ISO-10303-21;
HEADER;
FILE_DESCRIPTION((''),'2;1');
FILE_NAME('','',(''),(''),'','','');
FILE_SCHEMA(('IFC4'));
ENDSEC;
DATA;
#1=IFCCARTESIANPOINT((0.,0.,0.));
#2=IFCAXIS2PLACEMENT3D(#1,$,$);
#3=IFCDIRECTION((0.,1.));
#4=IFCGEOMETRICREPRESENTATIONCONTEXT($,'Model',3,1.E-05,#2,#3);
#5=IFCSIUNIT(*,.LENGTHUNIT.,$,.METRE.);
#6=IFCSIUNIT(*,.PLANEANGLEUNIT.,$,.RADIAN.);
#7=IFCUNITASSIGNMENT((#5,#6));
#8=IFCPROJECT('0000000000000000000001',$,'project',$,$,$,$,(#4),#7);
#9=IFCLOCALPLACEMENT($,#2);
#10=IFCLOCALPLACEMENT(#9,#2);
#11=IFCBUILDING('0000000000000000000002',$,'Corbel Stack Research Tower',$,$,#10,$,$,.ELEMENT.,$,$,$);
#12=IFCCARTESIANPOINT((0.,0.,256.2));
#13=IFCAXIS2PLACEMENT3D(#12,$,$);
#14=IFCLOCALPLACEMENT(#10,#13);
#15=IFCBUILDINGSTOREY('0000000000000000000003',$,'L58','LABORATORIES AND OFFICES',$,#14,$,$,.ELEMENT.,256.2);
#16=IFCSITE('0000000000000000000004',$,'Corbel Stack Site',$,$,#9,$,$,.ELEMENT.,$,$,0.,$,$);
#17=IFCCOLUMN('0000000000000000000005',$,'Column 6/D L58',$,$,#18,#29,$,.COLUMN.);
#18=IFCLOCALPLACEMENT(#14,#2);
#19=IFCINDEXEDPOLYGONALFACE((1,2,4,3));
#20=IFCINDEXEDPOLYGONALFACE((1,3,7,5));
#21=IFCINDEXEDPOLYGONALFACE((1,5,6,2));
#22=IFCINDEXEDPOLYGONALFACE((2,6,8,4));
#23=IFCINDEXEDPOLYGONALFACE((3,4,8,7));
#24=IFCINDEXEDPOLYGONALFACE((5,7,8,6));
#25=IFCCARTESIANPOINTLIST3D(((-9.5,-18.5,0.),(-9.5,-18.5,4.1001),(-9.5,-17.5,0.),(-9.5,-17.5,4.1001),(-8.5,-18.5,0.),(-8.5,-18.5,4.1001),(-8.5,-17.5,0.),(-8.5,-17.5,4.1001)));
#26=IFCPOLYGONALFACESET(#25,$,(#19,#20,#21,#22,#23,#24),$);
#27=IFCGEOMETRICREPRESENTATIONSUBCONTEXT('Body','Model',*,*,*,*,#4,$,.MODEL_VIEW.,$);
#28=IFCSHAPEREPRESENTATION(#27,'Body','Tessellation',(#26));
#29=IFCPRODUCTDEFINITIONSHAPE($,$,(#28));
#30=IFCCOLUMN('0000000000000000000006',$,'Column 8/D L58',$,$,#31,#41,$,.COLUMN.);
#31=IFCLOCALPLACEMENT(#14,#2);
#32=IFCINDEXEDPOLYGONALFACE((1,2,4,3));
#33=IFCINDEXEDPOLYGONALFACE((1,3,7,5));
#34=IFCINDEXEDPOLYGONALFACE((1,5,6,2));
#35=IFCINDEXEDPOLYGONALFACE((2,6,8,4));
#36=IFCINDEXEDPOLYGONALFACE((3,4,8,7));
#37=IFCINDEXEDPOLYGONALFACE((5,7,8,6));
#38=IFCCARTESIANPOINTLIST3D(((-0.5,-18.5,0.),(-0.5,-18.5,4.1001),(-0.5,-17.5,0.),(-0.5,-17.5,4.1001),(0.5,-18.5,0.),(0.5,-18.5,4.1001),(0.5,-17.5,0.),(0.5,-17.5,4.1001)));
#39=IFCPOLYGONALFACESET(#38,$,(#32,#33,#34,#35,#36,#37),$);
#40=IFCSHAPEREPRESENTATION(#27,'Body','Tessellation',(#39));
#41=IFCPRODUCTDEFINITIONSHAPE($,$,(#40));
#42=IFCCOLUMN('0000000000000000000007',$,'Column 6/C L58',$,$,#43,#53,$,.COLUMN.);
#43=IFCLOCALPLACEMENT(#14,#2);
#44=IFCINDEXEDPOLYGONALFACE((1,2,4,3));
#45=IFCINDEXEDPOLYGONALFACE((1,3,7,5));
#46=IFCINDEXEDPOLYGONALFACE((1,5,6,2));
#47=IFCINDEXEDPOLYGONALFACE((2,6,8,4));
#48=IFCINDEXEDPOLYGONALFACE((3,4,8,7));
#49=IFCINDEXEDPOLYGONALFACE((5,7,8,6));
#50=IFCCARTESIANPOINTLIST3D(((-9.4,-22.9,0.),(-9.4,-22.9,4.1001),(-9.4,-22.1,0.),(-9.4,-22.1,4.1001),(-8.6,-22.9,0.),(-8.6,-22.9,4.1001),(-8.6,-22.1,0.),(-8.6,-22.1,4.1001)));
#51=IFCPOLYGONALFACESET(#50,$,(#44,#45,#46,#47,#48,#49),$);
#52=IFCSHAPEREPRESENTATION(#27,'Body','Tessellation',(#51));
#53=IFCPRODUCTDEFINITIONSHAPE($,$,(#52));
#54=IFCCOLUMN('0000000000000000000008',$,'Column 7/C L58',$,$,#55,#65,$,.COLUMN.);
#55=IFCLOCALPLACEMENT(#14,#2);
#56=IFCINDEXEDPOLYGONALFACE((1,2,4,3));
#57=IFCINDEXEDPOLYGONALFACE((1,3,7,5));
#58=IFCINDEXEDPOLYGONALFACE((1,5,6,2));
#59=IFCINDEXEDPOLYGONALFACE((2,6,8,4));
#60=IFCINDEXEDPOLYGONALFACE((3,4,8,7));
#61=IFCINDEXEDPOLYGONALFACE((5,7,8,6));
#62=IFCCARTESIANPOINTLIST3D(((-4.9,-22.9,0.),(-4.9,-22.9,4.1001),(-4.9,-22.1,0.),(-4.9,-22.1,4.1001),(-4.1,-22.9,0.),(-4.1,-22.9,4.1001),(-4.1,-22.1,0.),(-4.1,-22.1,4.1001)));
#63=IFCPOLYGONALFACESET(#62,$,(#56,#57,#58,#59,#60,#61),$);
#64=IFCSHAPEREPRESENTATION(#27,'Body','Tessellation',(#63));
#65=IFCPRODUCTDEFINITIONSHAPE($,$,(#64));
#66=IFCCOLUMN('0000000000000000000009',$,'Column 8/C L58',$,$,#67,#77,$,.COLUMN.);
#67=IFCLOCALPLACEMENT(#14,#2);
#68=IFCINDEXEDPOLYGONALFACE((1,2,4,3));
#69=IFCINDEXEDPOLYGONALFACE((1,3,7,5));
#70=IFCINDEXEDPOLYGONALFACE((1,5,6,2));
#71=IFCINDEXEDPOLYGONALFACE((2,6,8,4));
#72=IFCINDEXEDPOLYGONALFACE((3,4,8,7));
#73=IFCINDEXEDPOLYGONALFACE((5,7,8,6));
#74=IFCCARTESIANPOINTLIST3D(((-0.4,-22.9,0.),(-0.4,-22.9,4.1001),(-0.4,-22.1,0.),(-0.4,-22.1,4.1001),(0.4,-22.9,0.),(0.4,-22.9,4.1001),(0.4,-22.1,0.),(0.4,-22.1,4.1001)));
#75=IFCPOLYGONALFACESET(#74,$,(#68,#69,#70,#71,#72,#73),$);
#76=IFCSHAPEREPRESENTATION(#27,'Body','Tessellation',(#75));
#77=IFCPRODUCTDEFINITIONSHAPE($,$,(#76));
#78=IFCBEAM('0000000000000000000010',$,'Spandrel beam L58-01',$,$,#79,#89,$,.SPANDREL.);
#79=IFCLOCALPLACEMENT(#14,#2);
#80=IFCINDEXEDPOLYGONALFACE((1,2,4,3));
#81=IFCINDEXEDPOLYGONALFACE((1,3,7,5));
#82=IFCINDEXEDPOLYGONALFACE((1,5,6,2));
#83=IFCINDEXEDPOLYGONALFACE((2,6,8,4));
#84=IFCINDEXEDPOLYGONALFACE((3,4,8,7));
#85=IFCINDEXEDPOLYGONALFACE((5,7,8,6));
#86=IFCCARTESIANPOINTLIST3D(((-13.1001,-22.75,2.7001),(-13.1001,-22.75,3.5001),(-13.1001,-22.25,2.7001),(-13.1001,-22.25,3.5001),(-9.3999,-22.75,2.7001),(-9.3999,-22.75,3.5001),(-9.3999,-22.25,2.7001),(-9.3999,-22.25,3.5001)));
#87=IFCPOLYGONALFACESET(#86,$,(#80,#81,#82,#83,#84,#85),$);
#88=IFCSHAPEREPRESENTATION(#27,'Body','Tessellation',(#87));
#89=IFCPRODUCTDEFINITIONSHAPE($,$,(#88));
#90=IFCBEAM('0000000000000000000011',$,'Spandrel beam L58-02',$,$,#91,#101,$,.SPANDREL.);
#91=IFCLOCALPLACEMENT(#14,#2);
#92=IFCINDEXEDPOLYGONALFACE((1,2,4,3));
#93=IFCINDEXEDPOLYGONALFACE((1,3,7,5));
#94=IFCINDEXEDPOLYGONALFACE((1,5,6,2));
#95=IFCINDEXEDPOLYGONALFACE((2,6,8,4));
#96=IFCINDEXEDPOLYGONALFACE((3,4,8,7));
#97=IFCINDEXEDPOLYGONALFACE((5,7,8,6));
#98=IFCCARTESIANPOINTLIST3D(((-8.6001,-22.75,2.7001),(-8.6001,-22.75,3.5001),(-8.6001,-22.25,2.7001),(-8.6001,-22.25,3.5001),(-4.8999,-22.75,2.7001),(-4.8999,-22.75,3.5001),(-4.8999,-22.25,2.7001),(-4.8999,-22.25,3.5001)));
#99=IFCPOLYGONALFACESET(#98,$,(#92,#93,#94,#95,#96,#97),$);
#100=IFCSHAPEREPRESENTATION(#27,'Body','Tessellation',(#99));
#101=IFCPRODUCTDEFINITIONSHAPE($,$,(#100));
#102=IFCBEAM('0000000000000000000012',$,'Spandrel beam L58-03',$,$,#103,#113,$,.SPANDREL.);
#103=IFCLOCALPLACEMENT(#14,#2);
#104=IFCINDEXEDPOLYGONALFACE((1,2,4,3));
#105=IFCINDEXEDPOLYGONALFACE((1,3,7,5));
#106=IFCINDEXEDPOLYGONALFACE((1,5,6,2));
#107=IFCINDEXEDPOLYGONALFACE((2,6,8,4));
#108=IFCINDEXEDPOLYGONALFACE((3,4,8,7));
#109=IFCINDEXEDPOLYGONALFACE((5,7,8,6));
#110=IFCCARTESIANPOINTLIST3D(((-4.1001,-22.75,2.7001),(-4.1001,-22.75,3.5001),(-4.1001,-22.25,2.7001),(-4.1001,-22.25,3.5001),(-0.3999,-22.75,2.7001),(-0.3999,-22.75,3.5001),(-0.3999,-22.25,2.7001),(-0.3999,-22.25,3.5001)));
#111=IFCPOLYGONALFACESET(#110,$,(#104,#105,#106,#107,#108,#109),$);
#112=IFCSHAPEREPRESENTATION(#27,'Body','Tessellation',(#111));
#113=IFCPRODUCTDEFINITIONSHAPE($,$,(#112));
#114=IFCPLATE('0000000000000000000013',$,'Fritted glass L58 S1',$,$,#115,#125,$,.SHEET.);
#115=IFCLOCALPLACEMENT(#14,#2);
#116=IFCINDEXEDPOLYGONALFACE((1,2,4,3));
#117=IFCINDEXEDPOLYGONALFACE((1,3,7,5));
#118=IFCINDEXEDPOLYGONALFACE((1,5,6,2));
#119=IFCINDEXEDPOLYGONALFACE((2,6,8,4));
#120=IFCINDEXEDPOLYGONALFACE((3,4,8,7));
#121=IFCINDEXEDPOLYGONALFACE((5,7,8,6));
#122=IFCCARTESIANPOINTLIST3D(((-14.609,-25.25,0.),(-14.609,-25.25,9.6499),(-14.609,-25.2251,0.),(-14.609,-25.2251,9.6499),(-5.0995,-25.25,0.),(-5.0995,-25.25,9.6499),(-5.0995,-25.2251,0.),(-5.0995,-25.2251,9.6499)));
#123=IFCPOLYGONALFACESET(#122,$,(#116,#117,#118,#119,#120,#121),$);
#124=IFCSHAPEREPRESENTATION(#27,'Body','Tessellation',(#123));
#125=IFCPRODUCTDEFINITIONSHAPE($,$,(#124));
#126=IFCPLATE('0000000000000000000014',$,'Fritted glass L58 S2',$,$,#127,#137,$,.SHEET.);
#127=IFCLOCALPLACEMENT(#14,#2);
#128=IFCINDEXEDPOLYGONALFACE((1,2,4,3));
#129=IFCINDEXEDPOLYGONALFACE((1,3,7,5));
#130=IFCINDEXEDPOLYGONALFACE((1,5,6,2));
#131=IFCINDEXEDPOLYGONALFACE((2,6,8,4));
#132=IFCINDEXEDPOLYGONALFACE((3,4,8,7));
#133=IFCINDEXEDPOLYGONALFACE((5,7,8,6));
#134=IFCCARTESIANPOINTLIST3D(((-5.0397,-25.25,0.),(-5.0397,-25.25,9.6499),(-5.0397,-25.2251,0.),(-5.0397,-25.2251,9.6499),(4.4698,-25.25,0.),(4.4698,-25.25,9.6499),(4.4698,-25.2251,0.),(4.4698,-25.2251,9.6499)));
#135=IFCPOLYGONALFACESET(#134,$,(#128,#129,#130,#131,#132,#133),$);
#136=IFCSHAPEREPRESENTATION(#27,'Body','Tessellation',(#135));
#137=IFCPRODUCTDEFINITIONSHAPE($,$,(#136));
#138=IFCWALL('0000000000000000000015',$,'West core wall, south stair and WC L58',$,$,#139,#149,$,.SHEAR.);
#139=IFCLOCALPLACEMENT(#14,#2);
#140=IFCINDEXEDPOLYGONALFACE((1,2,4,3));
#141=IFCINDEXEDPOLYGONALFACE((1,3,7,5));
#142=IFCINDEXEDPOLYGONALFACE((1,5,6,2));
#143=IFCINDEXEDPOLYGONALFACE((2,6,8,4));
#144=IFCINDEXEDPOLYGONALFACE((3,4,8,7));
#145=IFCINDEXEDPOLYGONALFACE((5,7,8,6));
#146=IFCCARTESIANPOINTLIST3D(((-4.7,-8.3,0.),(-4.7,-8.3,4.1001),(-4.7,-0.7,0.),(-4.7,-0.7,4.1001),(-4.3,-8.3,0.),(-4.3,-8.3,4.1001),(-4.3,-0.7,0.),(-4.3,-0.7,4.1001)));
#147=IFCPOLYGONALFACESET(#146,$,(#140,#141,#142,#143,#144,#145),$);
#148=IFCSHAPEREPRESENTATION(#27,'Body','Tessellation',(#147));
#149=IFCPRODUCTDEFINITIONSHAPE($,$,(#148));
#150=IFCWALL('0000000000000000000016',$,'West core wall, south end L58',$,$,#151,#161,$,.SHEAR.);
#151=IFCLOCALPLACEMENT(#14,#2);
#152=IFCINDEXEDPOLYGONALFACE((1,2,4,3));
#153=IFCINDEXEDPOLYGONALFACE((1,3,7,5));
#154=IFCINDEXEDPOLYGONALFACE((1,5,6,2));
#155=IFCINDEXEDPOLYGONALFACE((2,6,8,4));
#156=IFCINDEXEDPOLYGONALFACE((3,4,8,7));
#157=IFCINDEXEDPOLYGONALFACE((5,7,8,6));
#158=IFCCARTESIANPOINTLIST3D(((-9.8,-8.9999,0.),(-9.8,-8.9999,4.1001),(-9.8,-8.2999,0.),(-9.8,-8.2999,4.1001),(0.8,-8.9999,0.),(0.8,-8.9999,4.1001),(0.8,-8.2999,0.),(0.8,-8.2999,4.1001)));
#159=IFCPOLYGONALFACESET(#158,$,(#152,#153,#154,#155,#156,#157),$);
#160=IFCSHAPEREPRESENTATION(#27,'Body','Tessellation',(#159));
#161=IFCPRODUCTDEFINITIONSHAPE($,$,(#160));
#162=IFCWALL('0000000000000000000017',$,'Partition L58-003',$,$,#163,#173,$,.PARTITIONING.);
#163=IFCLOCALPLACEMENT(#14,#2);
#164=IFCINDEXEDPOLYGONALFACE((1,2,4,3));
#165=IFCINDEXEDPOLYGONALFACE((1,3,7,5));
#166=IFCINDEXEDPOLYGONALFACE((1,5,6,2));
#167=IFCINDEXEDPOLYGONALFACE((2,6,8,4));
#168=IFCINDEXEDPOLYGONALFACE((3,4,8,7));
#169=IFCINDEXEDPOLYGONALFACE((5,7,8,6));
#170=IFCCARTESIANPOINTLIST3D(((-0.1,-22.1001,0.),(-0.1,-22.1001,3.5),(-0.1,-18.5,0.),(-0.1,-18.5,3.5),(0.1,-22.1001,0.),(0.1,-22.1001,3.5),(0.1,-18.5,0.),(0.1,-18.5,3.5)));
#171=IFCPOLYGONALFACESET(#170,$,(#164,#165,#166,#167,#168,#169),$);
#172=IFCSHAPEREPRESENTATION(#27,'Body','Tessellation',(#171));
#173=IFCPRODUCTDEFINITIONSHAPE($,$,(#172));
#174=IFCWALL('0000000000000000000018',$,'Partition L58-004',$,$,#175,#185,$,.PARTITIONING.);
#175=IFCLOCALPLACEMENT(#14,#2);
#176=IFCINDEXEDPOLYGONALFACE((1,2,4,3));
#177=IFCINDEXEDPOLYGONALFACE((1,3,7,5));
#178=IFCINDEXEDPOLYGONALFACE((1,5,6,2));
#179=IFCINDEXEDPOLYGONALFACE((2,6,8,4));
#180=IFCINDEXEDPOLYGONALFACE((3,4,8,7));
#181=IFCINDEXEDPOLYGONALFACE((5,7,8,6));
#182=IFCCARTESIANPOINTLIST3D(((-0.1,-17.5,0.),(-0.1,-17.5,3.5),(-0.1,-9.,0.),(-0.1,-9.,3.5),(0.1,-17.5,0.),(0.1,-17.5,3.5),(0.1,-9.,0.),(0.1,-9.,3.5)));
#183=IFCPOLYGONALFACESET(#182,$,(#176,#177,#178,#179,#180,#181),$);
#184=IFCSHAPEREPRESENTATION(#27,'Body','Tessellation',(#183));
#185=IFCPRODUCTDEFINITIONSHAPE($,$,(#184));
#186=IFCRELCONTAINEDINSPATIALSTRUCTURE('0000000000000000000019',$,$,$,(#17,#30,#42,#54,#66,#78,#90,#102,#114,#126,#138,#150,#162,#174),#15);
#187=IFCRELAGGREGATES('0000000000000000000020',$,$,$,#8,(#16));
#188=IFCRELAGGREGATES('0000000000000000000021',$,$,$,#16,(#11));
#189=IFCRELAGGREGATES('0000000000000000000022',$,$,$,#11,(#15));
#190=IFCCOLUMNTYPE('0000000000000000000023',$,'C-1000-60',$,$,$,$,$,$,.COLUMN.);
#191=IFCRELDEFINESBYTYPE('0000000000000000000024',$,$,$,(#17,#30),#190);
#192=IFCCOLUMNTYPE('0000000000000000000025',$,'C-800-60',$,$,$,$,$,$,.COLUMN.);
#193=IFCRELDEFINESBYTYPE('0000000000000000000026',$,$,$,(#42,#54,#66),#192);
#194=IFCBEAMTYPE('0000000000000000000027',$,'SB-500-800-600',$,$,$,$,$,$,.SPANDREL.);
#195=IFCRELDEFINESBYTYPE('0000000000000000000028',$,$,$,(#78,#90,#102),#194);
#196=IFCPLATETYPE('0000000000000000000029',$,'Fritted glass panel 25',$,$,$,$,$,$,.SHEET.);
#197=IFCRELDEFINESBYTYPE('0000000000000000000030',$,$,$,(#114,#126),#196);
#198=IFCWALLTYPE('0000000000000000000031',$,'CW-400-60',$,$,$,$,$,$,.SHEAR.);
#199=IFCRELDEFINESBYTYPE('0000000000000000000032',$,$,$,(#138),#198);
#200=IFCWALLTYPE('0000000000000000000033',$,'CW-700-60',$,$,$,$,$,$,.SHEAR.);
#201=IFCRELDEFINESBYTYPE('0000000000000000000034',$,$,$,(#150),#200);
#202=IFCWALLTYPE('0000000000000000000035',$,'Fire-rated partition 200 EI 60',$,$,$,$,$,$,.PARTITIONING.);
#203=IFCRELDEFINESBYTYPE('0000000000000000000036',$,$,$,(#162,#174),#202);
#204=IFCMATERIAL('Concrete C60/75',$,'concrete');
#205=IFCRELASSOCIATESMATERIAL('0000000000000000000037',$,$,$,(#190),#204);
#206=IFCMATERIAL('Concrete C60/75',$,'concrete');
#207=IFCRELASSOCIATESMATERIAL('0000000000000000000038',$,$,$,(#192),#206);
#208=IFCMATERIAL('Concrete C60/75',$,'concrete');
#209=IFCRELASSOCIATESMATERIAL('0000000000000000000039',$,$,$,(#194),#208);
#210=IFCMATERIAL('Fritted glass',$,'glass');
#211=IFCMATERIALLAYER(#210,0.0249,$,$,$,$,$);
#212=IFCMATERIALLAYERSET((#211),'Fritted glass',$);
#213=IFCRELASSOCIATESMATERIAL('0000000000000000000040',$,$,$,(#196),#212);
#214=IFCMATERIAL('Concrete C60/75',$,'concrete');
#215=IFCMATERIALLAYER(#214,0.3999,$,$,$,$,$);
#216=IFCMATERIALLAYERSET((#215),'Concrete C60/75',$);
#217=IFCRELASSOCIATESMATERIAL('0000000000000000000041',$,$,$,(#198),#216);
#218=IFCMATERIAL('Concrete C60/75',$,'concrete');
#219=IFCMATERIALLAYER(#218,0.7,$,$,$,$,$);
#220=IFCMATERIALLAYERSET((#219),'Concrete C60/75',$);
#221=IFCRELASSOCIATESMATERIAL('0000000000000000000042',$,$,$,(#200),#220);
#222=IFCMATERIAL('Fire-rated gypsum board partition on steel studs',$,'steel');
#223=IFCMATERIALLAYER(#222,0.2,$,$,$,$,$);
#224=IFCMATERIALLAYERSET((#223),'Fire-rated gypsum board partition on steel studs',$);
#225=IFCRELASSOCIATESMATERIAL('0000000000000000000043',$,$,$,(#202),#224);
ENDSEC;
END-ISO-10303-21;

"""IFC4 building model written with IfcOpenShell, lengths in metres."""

from ifc_helpers import new_model, si_unit, direction, frame, frame_2d, origin, origin_2d, place, context, subcontext, project, spatial, rectangle, extrude, material, layer, layer_set, material_profile, profile_set, type_object, element, save


model = new_model("IFC4")

# Units and contexts
model_context = context("Model", 3, precision=1e-05, world=origin(), true_north=direction((0.0, 1.0)))
body_context = subcontext(model_context, "Body", "Model", "MODEL_VIEW")
ifc_project = project(units=[si_unit("LENGTHUNIT", "METRE"), si_unit("PLANEANGLEUNIT", "RADIAN")], contexts=[model_context])

# Site, building, storey
site_placement = place(None, origin())
site = spatial("IfcSite", under=ifc_project, at=site_placement, Name="Corbel Stack Site", CompositionType="ELEMENT", RefElevation=0.0)
building_placement = place(site_placement, origin())
building = spatial("IfcBuilding", under=site, at=building_placement, Name="Corbel Stack Research Tower", CompositionType="ELEMENT")
storey_placement = place(building_placement, frame((0.0, 0.0, 256.2)))
storey = spatial("IfcBuildingStorey", under=building, at=storey_placement, Name="L58", Description="LABORATORIES AND OFFICES", CompositionType="ELEMENT", Elevation=256.2)

# Columns
ifc_material_1 = material(Name="Concrete C60/75", Category="concrete")
ifc_material_profile_1 = material_profile(ifc_material_1, rectangle(XDim=1.0, YDim=1.0, at=origin_2d()), Name="RC 1000 x 1000")
ifc_profile_set_1 = profile_set([ifc_material_profile_1], Name="Concrete C60/75")
column_type_1 = type_object("IfcColumnType", Name="C-1000-60", PredefinedType="COLUMN", material=ifc_profile_set_1)
for number, where, z_axis, x_axis, name in (
    (1, (-9.0, -18.0, 0.0), (0.0, 0.0, 1.0), (1.0, 0.0, 0.0), "Column 6/D L58"),
    (2, (0.0, -18.0, 0.0), (0.0, 0.0, 1.0), (1.0, 0.0, 0.0), "Column 8/D L58"),
):
    element("IfcColumn", number, at=place(storey_placement, frame(where, z_axis=z_axis, x_axis=x_axis)), inside=storey, type_object=column_type_1, Name=name, PredefinedType="COLUMN", context=body_context, shape_type="SweptSolid", body=[
        extrude(rectangle(XDim=1.0, YDim=1.0, at=origin_2d()), origin(), (0.0, 0.0, 1.0), 4.1001),
    ])
ifc_material_2 = material(Name="Concrete C60/75", Category="concrete")
ifc_material_profile_2 = material_profile(ifc_material_2, rectangle(XDim=0.8, YDim=0.8, at=origin_2d()), Name="RC 800 x 800")
ifc_profile_set_2 = profile_set([ifc_material_profile_2], Name="Concrete C60/75")
column_type_2 = type_object("IfcColumnType", Name="C-800-60", PredefinedType="COLUMN", material=ifc_profile_set_2)
for number, where, z_axis, x_axis, name in (
    (3, (-9.0, -22.5, 0.0), (0.0, 0.0, 1.0), (1.0, 0.0, 0.0), "Column 6/C L58"),
    (4, (-4.5, -22.5, 0.0), (0.0, 0.0, 1.0), (1.0, 0.0, 0.0), "Column 7/C L58"),
    (5, (0.0, -22.5, 0.0), (0.0, 0.0, 1.0), (1.0, 0.0, 0.0), "Column 8/C L58"),
):
    element("IfcColumn", number, at=place(storey_placement, frame(where, z_axis=z_axis, x_axis=x_axis)), inside=storey, type_object=column_type_2, Name=name, PredefinedType="COLUMN", context=body_context, shape_type="SweptSolid", body=[
        extrude(rectangle(XDim=0.8, YDim=0.8, at=origin_2d()), origin(), (0.0, 0.0, 1.0), 4.1001),
    ])

# Beams
ifc_material_3 = material(Name="Concrete C60/75", Category="concrete")
ifc_material_profile_3 = material_profile(ifc_material_3, rectangle(XDim=0.5, YDim=0.8, at=origin_2d()), Name="RC 500 x 800")
ifc_profile_set_3 = profile_set([ifc_material_profile_3], Name="Concrete C60/75")
beam_type = type_object("IfcBeamType", Name="SB-500-800-600", PredefinedType="SPANDREL", material=ifc_profile_set_3)
for number, where, z_axis, x_axis, name in (
    (6, (-13.1001, -22.5, 3.1001), (1.0, 0.0, 0.0), (0.0, 1.0, 0.0), "Spandrel beam L58-01"),
    (7, (-8.6001, -22.5, 3.1001), (1.0, 0.0, 0.0), (0.0, 1.0, 0.0), "Spandrel beam L58-02"),
    (8, (-4.1001, -22.5, 3.1001), (1.0, 0.0, 0.0), (0.0, 1.0, 0.0), "Spandrel beam L58-03"),
):
    element("IfcBeam", number, at=place(storey_placement, frame(where, z_axis=z_axis, x_axis=x_axis)), inside=storey, type_object=beam_type, Name=name, PredefinedType="SPANDREL", context=body_context, shape_type="SweptSolid", body=[
        extrude(rectangle(XDim=0.5, YDim=0.8, at=origin_2d()), origin(), (0.0, 0.0, 1.0), 3.7002),
    ])

# Plates
ifc_material_4 = material(Name="Fritted glass", Category="glass")
ifc_layer_1 = layer(ifc_material_4, 0.0249)
ifc_layer_set_1 = layer_set([ifc_layer_1], Name="Fritted glass")
plate_type = type_object("IfcPlateType", Name="Fritted glass panel 25", PredefinedType="SHEET", material=ifc_layer_set_1)
for number, where, z_axis, x_axis, name in (
    (9, (-9.8542, -25.2375, 0.0), (0.0, 0.0, 1.0), (1.0, 0.0, 0.0), "Fritted glass L58 S1"),
    (10, (-0.2849, -25.2375, 0.0), (0.0, 0.0, 1.0), (1.0, 0.0, 0.0), "Fritted glass L58 S2"),
):
    element("IfcPlate", number, at=place(storey_placement, frame(where, z_axis=z_axis, x_axis=x_axis)), inside=storey, type_object=plate_type, Name=name, PredefinedType="SHEET", context=body_context, shape_type="SweptSolid", body=[
        extrude(rectangle(XDim=9.5095, YDim=0.0249, at=origin_2d()), origin(), (0.0, 0.0, 1.0), 9.6499),
    ])

# Wall
ifc_material_5 = material(Name="Concrete C60/75", Category="concrete")
ifc_layer_2 = layer(ifc_material_5, 0.3999)
ifc_layer_set_2 = layer_set([ifc_layer_2], Name="Concrete C60/75")
wall_type_1 = type_object("IfcWallType", Name="CW-400-60", PredefinedType="SHEAR", material=ifc_layer_set_2)
wall_1_placement = place(storey_placement, frame((-4.5, -8.3, 0.0), z_axis=(0.0, 0.0, 1.0), x_axis=(0.0, 1.0, 0.0)))
element("IfcWall", 11, at=wall_1_placement, inside=storey, type_object=wall_type_1, Name="West core wall, south stair and WC L58", PredefinedType="SHEAR", context=body_context, shape_type="SweptSolid", body=[
    extrude(rectangle(XDim=7.6001, YDim=0.3999, at=frame_2d((3.8, 0.0))), origin(), (0.0, 0.0, 1.0), 4.1001),
])

# Shared definitions
ifc_material_6 = material(Name="Concrete C60/75", Category="concrete")
ifc_layer_3 = layer(ifc_material_6, 0.7)
ifc_layer_set_3 = layer_set([ifc_layer_3], Name="Concrete C60/75")
wall_type_2 = type_object("IfcWallType", Name="CW-700-60", PredefinedType="SHEAR", material=ifc_layer_set_3)

# Walls
wall_2_placement = place(storey_placement, frame((-9.8, -8.6499, 0.0), z_axis=(0.0, 0.0, 1.0), x_axis=(1.0, 0.0, 0.0)))
element("IfcWall", 12, at=wall_2_placement, inside=storey, type_object=wall_type_2, Name="West core wall, south end L58", PredefinedType="SHEAR", context=body_context, shape_type="SweptSolid", body=[
    extrude(rectangle(XDim=10.6001, YDim=0.7, at=frame_2d((5.3, 0.0))), origin(), (0.0, 0.0, 1.0), 4.1001),
])
ifc_material_7 = material(Name="Fire-rated gypsum board partition on steel studs", Category="steel")
ifc_layer_4 = layer(ifc_material_7, 0.2)
ifc_layer_set_4 = layer_set([ifc_layer_4], Name="Fire-rated gypsum board partition on steel studs")
wall_type_3 = type_object("IfcWallType", Name="Fire-rated partition 200 EI 60", PredefinedType="PARTITIONING", material=ifc_layer_set_4)
wall_3_placement = place(storey_placement, frame((0.0, -22.1001, 0.0), z_axis=(0.0, 0.0, 1.0), x_axis=(0.0, 1.0, 0.0)))
element("IfcWall", 13, at=wall_3_placement, inside=storey, type_object=wall_type_3, Name="Partition L58-003", PredefinedType="PARTITIONING", context=body_context, shape_type="SweptSolid", body=[
    extrude(rectangle(XDim=3.6001, YDim=0.2, at=frame_2d((1.8, 0.0))), origin(), (0.0, 0.0, 1.0), 3.5),
])
wall_4_placement = place(storey_placement, frame((0.0, -17.5, 0.0), z_axis=(0.0, 0.0, 1.0), x_axis=(0.0, 1.0, 0.0)))
element("IfcWall", 14, at=wall_4_placement, inside=storey, type_object=wall_type_3, Name="Partition L58-004", PredefinedType="PARTITIONING", context=body_context, shape_type="SweptSolid", body=[
    extrude(rectangle(XDim=8.5, YDim=0.2, at=frame_2d((4.25, 0.0))), origin(), (0.0, 0.0, 1.0), 3.5),
])

save(model, "model.ifc")
